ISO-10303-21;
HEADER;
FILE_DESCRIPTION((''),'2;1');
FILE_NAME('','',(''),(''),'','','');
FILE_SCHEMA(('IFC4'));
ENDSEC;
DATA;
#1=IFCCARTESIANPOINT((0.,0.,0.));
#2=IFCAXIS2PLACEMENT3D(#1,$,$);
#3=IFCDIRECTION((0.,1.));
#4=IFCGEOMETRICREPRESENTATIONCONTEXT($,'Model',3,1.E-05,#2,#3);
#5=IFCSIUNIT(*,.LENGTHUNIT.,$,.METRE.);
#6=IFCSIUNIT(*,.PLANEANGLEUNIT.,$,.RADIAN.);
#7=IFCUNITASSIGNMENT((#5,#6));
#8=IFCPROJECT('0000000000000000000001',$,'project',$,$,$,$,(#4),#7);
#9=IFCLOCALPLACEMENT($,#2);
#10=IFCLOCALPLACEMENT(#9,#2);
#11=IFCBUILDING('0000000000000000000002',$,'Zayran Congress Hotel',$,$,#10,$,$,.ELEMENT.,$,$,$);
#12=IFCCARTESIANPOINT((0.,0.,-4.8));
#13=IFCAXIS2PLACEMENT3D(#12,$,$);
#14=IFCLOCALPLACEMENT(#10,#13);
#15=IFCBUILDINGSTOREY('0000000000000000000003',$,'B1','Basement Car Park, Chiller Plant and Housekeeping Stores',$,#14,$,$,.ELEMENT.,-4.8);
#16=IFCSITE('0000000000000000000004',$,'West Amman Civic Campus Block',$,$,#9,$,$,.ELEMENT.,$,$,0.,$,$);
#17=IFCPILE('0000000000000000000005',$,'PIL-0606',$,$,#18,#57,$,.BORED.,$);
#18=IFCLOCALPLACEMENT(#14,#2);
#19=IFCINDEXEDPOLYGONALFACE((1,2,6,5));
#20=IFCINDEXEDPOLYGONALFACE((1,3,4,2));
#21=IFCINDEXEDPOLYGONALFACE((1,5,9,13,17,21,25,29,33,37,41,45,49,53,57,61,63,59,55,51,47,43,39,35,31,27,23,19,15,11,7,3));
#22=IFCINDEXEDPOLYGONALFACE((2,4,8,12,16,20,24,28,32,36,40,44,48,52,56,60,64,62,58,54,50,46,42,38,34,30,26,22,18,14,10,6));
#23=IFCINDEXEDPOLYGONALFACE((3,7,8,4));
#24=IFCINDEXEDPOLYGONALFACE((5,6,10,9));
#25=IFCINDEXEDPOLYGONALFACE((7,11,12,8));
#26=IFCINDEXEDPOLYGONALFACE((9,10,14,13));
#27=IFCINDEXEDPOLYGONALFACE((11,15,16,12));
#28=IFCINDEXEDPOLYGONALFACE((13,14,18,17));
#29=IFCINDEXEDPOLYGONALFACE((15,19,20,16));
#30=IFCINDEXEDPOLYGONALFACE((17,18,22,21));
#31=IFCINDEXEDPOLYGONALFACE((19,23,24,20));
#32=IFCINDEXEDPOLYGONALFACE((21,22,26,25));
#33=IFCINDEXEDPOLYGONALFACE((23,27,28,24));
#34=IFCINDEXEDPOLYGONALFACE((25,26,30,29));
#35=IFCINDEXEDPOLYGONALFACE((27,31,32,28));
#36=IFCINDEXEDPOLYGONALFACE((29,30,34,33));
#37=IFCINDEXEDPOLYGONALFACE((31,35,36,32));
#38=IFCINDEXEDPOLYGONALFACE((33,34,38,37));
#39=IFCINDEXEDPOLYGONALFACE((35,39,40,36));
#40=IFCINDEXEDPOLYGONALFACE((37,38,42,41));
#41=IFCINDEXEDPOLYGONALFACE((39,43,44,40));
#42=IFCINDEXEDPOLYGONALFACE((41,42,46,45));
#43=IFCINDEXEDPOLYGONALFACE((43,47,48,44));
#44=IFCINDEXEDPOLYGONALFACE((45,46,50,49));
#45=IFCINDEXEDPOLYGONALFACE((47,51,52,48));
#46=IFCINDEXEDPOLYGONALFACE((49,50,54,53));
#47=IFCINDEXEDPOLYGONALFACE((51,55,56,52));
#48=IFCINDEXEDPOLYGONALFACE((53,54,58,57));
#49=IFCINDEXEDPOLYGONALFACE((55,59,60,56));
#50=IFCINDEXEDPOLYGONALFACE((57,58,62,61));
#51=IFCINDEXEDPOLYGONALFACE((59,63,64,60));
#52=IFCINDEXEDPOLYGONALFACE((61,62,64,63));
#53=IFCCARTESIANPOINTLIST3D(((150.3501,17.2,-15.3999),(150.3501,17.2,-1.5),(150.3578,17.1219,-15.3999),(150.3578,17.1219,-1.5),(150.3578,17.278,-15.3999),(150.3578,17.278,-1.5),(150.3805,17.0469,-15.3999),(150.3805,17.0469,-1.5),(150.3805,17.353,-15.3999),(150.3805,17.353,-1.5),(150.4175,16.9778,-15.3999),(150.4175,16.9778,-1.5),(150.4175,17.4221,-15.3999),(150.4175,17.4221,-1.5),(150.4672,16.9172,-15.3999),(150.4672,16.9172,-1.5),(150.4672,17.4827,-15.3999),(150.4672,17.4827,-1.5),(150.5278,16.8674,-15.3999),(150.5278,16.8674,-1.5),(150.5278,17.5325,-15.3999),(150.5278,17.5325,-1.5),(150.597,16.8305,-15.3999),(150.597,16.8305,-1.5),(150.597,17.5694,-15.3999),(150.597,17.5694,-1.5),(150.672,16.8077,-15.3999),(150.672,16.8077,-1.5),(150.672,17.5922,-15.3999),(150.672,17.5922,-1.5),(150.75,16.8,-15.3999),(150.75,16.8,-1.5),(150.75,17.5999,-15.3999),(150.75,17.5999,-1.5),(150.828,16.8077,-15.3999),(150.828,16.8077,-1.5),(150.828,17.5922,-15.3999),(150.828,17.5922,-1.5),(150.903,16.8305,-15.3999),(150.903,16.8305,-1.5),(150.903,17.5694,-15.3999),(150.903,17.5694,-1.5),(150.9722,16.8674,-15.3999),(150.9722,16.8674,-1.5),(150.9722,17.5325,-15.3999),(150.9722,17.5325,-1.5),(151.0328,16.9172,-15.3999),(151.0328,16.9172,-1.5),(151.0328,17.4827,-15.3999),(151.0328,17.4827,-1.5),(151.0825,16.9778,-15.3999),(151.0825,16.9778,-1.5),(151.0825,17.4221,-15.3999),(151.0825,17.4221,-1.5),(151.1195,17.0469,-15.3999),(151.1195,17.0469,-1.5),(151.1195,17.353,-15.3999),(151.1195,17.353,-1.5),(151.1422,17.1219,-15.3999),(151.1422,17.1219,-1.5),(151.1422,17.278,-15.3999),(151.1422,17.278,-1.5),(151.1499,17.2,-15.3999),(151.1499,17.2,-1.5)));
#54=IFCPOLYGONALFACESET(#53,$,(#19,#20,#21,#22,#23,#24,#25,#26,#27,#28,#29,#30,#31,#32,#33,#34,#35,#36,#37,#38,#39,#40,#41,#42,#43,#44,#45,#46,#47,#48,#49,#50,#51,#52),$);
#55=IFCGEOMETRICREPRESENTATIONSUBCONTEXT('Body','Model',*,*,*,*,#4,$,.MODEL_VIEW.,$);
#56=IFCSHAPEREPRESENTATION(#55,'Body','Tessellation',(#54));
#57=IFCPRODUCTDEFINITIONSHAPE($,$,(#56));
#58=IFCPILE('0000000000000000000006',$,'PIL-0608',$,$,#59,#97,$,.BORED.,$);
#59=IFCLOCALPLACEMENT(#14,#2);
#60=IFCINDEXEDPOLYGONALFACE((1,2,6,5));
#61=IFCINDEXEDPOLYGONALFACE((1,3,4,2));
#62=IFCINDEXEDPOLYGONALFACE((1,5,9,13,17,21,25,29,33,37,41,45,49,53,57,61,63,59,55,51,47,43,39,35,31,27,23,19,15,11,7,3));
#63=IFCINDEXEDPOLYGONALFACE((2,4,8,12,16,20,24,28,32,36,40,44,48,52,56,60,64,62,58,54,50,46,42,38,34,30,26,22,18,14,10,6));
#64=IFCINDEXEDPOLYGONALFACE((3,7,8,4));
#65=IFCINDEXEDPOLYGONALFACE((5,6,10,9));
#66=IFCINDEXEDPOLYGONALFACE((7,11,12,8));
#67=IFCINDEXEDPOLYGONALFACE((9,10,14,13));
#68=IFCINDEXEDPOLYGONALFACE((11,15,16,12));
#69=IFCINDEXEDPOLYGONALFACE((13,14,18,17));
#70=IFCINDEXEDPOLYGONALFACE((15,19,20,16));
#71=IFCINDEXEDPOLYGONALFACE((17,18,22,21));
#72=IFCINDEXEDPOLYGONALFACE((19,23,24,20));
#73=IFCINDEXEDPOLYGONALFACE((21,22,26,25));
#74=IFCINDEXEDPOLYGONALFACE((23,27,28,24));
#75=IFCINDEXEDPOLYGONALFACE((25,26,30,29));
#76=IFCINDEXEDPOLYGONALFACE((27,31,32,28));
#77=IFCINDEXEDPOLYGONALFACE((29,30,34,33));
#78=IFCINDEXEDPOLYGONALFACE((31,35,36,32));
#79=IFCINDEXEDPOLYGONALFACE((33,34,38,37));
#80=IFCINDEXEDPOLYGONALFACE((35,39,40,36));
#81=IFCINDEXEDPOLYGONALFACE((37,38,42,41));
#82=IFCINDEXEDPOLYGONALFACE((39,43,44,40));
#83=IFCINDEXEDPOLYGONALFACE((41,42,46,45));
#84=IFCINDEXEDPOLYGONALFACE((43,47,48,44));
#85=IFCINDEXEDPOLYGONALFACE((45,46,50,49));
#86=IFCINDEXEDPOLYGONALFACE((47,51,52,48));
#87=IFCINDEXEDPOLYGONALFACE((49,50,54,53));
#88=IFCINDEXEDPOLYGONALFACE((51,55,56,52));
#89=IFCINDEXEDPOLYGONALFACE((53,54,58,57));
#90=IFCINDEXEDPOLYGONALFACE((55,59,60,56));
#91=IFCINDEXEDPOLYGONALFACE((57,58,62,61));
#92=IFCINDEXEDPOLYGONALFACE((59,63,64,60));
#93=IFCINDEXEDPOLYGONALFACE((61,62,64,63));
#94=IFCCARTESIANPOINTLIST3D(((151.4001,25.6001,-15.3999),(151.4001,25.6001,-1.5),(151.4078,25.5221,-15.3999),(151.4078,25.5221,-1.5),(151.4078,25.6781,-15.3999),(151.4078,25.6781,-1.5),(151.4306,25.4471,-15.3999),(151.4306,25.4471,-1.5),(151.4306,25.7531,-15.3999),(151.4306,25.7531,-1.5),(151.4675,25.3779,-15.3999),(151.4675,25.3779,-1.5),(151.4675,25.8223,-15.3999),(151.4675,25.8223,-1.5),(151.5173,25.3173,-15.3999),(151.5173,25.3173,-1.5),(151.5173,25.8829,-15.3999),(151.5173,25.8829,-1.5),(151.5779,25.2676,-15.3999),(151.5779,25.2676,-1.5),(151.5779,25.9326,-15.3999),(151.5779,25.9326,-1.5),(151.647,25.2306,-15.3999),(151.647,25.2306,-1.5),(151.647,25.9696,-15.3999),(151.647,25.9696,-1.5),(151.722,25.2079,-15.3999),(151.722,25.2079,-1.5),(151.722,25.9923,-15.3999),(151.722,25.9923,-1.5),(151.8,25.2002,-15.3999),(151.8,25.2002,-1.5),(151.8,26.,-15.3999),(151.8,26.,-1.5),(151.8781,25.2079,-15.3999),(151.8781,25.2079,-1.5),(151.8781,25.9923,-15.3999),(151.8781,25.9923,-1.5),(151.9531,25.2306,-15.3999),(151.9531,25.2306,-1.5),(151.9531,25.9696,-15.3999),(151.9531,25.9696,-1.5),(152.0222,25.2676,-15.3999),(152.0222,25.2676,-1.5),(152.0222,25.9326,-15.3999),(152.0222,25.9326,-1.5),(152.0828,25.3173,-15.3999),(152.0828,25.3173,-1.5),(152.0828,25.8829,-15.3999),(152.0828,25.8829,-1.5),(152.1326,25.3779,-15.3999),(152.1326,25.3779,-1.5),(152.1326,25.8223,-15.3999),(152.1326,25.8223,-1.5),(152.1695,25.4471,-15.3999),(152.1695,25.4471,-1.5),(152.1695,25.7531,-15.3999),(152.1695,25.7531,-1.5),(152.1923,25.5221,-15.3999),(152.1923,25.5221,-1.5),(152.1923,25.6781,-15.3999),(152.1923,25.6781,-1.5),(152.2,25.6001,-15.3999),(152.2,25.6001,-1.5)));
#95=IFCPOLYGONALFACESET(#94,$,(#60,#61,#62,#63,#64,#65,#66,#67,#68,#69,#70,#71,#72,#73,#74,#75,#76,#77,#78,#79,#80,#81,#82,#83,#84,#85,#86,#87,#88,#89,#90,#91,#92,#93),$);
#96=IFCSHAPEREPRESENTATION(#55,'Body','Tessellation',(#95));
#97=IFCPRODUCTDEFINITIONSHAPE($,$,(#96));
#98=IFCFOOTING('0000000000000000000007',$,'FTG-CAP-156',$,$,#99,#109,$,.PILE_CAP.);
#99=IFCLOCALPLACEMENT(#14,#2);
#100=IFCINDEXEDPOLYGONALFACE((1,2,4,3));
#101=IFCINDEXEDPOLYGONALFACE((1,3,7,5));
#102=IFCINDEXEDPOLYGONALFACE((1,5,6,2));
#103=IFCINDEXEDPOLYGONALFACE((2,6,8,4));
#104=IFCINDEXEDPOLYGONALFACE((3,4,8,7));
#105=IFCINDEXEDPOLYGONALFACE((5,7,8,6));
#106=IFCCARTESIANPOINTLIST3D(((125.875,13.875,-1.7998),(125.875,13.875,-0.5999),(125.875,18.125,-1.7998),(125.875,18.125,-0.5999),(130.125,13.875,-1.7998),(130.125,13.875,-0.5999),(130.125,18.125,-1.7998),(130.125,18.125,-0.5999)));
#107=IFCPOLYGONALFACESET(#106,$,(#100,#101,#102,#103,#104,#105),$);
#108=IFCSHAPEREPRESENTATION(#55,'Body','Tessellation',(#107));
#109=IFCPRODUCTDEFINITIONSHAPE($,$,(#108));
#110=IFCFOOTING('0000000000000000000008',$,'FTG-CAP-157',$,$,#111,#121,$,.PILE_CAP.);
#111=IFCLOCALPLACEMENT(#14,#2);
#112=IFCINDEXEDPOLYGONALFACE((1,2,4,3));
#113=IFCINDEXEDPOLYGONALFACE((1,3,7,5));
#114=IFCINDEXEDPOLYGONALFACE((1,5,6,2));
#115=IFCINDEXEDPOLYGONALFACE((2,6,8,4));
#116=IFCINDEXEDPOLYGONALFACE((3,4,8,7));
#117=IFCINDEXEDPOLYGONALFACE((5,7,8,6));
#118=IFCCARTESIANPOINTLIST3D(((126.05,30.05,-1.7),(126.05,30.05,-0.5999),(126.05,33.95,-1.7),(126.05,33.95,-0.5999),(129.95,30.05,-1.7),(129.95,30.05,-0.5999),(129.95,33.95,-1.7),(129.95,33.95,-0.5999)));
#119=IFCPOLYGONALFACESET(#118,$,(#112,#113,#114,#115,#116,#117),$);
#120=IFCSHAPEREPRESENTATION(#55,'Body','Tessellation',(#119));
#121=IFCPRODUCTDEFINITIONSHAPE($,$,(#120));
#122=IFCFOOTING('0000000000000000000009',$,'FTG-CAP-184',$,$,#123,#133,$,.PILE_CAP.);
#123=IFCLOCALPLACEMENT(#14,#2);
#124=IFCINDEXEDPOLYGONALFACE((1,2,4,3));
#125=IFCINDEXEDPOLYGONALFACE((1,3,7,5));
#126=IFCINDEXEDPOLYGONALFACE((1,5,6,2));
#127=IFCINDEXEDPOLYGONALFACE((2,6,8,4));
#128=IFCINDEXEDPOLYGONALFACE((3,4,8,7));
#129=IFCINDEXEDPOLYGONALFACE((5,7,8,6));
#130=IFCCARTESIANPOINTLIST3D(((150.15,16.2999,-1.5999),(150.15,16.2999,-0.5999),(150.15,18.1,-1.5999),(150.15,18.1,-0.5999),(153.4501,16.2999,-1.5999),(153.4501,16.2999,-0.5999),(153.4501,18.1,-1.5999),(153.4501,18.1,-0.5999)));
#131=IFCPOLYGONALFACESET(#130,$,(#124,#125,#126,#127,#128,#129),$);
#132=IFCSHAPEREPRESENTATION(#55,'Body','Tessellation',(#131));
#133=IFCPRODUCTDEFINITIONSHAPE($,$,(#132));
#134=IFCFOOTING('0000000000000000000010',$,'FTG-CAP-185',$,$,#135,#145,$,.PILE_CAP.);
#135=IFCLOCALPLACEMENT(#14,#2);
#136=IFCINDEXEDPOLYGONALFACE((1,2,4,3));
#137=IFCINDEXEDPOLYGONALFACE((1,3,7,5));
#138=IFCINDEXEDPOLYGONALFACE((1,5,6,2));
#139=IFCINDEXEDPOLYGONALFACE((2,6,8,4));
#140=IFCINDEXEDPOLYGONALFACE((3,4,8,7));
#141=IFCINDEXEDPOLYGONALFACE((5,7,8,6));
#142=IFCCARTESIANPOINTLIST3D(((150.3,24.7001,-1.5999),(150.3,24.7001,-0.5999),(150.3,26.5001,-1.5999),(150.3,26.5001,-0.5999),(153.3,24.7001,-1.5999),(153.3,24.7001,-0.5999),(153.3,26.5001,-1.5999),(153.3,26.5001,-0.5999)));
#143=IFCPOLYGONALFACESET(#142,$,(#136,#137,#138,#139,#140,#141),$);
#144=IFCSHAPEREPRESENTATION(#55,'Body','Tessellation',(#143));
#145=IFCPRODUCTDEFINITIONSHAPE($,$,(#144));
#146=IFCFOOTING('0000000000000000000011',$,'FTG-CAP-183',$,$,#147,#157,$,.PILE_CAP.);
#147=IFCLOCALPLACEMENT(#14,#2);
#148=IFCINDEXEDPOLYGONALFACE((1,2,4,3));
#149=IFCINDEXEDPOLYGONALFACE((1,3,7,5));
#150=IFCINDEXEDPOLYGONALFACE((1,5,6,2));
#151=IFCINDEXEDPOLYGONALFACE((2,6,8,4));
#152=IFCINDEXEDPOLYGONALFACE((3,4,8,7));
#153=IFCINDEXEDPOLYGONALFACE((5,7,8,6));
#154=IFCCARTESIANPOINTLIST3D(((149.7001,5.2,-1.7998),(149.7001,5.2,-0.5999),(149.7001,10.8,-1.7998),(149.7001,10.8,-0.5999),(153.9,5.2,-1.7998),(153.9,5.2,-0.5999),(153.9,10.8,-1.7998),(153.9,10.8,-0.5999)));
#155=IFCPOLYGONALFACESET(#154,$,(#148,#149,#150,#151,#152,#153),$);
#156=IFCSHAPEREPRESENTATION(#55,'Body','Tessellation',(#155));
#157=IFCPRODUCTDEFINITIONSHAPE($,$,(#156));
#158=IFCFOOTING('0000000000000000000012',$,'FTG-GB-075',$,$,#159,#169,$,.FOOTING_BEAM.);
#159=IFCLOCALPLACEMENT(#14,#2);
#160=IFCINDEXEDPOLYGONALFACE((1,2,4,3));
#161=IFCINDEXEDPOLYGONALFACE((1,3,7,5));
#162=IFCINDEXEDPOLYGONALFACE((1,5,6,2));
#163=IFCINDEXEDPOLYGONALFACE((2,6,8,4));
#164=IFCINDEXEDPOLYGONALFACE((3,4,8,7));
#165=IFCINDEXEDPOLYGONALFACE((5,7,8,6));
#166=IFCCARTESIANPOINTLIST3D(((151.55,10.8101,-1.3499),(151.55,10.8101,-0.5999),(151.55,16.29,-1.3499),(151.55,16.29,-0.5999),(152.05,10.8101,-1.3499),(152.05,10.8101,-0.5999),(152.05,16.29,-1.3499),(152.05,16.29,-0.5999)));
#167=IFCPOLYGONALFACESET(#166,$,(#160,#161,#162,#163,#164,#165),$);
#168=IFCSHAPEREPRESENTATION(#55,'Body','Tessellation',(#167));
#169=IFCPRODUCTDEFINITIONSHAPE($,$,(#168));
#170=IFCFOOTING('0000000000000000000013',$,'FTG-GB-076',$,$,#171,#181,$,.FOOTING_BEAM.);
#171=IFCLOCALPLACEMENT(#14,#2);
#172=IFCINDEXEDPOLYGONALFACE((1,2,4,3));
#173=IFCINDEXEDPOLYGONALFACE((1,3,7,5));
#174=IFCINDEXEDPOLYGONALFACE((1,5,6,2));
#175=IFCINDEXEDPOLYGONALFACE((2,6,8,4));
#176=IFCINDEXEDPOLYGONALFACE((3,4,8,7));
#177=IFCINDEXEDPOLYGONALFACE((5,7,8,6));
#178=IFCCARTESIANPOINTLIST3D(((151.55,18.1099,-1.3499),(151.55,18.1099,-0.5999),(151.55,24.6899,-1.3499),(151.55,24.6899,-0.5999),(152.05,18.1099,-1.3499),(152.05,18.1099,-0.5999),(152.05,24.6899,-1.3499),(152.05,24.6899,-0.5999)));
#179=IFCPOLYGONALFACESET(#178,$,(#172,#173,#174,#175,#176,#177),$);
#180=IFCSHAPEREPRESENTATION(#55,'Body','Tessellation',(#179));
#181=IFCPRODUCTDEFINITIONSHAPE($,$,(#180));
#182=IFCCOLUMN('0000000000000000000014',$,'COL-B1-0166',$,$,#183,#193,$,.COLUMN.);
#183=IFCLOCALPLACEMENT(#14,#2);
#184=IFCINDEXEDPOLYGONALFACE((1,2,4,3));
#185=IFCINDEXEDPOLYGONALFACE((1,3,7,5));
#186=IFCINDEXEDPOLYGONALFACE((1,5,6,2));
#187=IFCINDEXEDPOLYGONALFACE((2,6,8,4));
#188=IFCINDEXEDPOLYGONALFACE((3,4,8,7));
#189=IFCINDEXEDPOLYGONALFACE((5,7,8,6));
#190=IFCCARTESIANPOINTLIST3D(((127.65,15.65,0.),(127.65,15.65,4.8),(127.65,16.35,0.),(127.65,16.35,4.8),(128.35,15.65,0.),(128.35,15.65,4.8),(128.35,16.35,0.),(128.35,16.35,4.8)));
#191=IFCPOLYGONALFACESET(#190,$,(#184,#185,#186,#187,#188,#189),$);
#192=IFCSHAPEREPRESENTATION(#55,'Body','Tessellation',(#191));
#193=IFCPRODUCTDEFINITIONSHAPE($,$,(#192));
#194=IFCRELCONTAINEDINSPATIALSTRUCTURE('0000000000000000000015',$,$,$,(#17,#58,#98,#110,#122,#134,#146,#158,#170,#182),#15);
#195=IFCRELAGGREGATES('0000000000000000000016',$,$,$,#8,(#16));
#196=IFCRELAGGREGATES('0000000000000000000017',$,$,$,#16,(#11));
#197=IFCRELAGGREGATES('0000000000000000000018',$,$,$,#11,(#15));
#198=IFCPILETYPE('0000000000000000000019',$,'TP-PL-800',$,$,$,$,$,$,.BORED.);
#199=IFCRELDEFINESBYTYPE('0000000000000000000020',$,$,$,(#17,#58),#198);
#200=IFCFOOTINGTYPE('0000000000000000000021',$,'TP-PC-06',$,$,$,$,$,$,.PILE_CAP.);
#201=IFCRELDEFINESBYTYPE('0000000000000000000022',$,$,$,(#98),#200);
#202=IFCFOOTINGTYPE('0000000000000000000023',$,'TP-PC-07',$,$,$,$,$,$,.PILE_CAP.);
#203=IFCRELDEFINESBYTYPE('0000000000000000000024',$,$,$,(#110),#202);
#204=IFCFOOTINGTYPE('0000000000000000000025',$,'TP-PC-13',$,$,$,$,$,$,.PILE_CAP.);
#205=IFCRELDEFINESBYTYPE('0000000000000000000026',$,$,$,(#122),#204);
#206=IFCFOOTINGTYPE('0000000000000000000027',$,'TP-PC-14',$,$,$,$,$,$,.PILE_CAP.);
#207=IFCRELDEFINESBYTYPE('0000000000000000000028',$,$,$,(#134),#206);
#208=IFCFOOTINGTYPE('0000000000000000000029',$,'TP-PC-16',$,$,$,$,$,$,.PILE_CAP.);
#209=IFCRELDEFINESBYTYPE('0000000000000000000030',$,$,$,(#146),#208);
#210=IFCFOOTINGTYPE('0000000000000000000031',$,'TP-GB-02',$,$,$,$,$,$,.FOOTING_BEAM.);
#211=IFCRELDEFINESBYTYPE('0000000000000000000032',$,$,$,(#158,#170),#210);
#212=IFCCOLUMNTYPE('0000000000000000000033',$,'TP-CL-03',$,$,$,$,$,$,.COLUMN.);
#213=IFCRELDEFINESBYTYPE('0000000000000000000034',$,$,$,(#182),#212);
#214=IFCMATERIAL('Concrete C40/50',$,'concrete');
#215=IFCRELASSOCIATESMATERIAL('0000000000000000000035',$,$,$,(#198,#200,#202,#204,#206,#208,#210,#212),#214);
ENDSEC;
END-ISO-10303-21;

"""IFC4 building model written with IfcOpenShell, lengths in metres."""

from ifc_helpers import new_model, si_unit, direction, frame, origin, origin_2d, place, context, subcontext, project, spatial, rectangle, circle, extrude, material, material_profile, profile_set, type_object, element, save


model = new_model("IFC4")

# Units and contexts
model_context = context("Model", 3, precision=1e-05, world=origin(), true_north=direction((0.0, 1.0)))
body_context = subcontext(model_context, "Body", "Model", "MODEL_VIEW")
ifc_project = project(units=[si_unit("LENGTHUNIT", "METRE"), si_unit("PLANEANGLEUNIT", "RADIAN")], contexts=[model_context])

# Site, building, storey
site_placement = place(None, origin())
site = spatial("IfcSite", under=ifc_project, at=site_placement, Name="West Amman Civic Campus Block", CompositionType="ELEMENT", RefElevation=0.0)
building_placement = place(site_placement, origin())
building = spatial("IfcBuilding", under=site, at=building_placement, Name="Zayran Congress Hotel", CompositionType="ELEMENT")
storey_placement = place(building_placement, frame((0.0, 0.0, -4.8)))
storey = spatial("IfcBuildingStorey", under=building, at=storey_placement, Name="B1", Description="Basement Car Park, Chiller Plant and Housekeeping Stores", CompositionType="ELEMENT", Elevation=-4.8)

# Piles
ifc_material_1 = material(Name="Concrete C40/50", Category="concrete")
ifc_material_profile_1 = material_profile(ifc_material_1, circle(Radius=0.3999, at=origin_2d()), Name="PILE D800")
ifc_profile_set_1 = profile_set([ifc_material_profile_1], Name="Concrete C40/50")
pile_type_1 = type_object("IfcPileType", Name="TP-PL-800", PredefinedType="BORED", material=ifc_profile_set_1)
for number, where, z_axis, x_axis, name in (
    (1, (150.75, 17.2, -1.5), (0.0, 0.0, -1.0), (1.0, 0.0, 0.0), "PIL-0606"),
    (2, (151.8, 25.6001, -1.5), (0.0, 0.0, -1.0), (1.0, 0.0, 0.0), "PIL-0608"),
):
    element("IfcPile", number, at=place(storey_placement, frame(where, z_axis=z_axis, x_axis=x_axis)), inside=storey, type_object=pile_type_1, Name=name, PredefinedType="BORED", context=body_context, shape_type="SweptSolid", body=[
        extrude(circle(Radius=0.3999, at=origin_2d()), origin(), (0.0, 0.0, 1.0), 13.8999),
    ])

# Footings
footing_type_1 = type_object("IfcFootingType", Name="TP-PC-06", PredefinedType="PILE_CAP", material=ifc_material_1)
footing_1_placement = place(storey_placement, frame((128.0, 16.0, -1.7998), z_axis=(0.0, 0.0, 1.0), x_axis=(1.0, 0.0, 0.0)))
element("IfcFooting", 3, at=footing_1_placement, inside=storey, type_object=footing_type_1, Name="FTG-CAP-156", PredefinedType="PILE_CAP", context=body_context, shape_type="SweptSolid", body=[
    extrude(rectangle(XDim=4.25, YDim=4.25, at=origin_2d()), origin(), (0.0, 0.0, 1.0), 1.2),
])
footing_type_2 = type_object("IfcFootingType", Name="TP-PC-07", PredefinedType="PILE_CAP", material=ifc_material_1)
footing_2_placement = place(storey_placement, frame((128.0, 32.0, -1.7), z_axis=(0.0, 0.0, 1.0), x_axis=(1.0, 0.0, 0.0)))
element("IfcFooting", 4, at=footing_2_placement, inside=storey, type_object=footing_type_2, Name="FTG-CAP-157", PredefinedType="PILE_CAP", context=body_context, shape_type="SweptSolid", body=[
    extrude(rectangle(XDim=3.8999, YDim=3.8999, at=origin_2d()), origin(), (0.0, 0.0, 1.0), 1.1001),
])
footing_type_3 = type_object("IfcFootingType", Name="TP-PC-13", PredefinedType="PILE_CAP", material=ifc_material_1)
footing_3_placement = place(storey_placement, frame((151.8, 17.2, -1.5999), z_axis=(0.0, 0.0, 1.0), x_axis=(1.0, 0.0, 0.0)))
element("IfcFooting", 5, at=footing_3_placement, inside=storey, type_object=footing_type_3, Name="FTG-CAP-184", PredefinedType="PILE_CAP", context=body_context, shape_type="SweptSolid", body=[
    extrude(rectangle(XDim=3.3, YDim=1.8, at=origin_2d()), origin(), (0.0, 0.0, 1.0), 1.0),
])
footing_type_4 = type_object("IfcFootingType", Name="TP-PC-14", PredefinedType="PILE_CAP", material=ifc_material_1)
footing_4_placement = place(storey_placement, frame((151.8, 25.6001, -1.5999), z_axis=(0.0, 0.0, 1.0), x_axis=(1.0, 0.0, 0.0)))
element("IfcFooting", 6, at=footing_4_placement, inside=storey, type_object=footing_type_4, Name="FTG-CAP-185", PredefinedType="PILE_CAP", context=body_context, shape_type="SweptSolid", body=[
    extrude(rectangle(XDim=3.0, YDim=1.8, at=origin_2d()), origin(), (0.0, 0.0, 1.0), 1.0),
])
footing_type_5 = type_object("IfcFootingType", Name="TP-PC-16", PredefinedType="PILE_CAP", material=ifc_material_1)
footing_5_placement = place(storey_placement, frame((151.8, 8.0, -1.7998), z_axis=(0.0, 0.0, 1.0), x_axis=(1.0, 0.0, 0.0)))
element("IfcFooting", 7, at=footing_5_placement, inside=storey, type_object=footing_type_5, Name="FTG-CAP-183", PredefinedType="PILE_CAP", context=body_context, shape_type="SweptSolid", body=[
    extrude(rectangle(XDim=4.2, YDim=5.6001, at=origin_2d()), origin(), (0.0, 0.0, 1.0), 1.2),
])
footing_type_6 = type_object("IfcFootingType", Name="TP-GB-02", PredefinedType="FOOTING_BEAM", material=ifc_material_1)
footing_6_placement = place(storey_placement, frame((151.8, 13.55, -1.3499), z_axis=(0.0, 0.0, 1.0), x_axis=(0.0, 1.0, 0.0)))
element("IfcFooting", 8, at=footing_6_placement, inside=storey, type_object=footing_type_6, Name="FTG-GB-075", PredefinedType="FOOTING_BEAM", context=body_context, shape_type="SweptSolid", body=[
    extrude(rectangle(XDim=5.48, YDim=0.5, at=origin_2d()), origin(), (0.0, 0.0, 1.0), 0.75),
])
footing_7_placement = place(storey_placement, frame((151.8, 21.3999, -1.3499), z_axis=(0.0, 0.0, 1.0), x_axis=(0.0, 1.0, 0.0)))
element("IfcFooting", 9, at=footing_7_placement, inside=storey, type_object=footing_type_6, Name="FTG-GB-076", PredefinedType="FOOTING_BEAM", context=body_context, shape_type="SweptSolid", body=[
    extrude(rectangle(XDim=6.5801, YDim=0.5, at=origin_2d()), origin(), (0.0, 0.0, 1.0), 0.75),
])

# Column
ifc_material_profile_2 = material_profile(ifc_material_1, rectangle(XDim=0.7, YDim=0.7, at=origin_2d()), Name="RC 700x700")
ifc_profile_set_2 = profile_set([ifc_material_profile_2], Name="Concrete C40/50")
column_type = type_object("IfcColumnType", Name="TP-CL-03", PredefinedType="COLUMN", material=ifc_profile_set_2)
for number, where, z_axis, x_axis, name in (
    (10, (128.0, 16.0, 0.0), (0.0, 0.0, 1.0), (1.0, 0.0, 0.0), "COL-B1-0166"),
):
    element("IfcColumn", number, at=place(storey_placement, frame(where, z_axis=z_axis, x_axis=x_axis)), inside=storey, type_object=column_type, Name=name, PredefinedType="COLUMN", context=body_context, shape_type="SweptSolid", body=[
        extrude(rectangle(XDim=0.7, YDim=0.7, at=origin_2d()), origin(), (0.0, 0.0, 1.0), 4.8),
    ])

save(model, "model.ifc")
